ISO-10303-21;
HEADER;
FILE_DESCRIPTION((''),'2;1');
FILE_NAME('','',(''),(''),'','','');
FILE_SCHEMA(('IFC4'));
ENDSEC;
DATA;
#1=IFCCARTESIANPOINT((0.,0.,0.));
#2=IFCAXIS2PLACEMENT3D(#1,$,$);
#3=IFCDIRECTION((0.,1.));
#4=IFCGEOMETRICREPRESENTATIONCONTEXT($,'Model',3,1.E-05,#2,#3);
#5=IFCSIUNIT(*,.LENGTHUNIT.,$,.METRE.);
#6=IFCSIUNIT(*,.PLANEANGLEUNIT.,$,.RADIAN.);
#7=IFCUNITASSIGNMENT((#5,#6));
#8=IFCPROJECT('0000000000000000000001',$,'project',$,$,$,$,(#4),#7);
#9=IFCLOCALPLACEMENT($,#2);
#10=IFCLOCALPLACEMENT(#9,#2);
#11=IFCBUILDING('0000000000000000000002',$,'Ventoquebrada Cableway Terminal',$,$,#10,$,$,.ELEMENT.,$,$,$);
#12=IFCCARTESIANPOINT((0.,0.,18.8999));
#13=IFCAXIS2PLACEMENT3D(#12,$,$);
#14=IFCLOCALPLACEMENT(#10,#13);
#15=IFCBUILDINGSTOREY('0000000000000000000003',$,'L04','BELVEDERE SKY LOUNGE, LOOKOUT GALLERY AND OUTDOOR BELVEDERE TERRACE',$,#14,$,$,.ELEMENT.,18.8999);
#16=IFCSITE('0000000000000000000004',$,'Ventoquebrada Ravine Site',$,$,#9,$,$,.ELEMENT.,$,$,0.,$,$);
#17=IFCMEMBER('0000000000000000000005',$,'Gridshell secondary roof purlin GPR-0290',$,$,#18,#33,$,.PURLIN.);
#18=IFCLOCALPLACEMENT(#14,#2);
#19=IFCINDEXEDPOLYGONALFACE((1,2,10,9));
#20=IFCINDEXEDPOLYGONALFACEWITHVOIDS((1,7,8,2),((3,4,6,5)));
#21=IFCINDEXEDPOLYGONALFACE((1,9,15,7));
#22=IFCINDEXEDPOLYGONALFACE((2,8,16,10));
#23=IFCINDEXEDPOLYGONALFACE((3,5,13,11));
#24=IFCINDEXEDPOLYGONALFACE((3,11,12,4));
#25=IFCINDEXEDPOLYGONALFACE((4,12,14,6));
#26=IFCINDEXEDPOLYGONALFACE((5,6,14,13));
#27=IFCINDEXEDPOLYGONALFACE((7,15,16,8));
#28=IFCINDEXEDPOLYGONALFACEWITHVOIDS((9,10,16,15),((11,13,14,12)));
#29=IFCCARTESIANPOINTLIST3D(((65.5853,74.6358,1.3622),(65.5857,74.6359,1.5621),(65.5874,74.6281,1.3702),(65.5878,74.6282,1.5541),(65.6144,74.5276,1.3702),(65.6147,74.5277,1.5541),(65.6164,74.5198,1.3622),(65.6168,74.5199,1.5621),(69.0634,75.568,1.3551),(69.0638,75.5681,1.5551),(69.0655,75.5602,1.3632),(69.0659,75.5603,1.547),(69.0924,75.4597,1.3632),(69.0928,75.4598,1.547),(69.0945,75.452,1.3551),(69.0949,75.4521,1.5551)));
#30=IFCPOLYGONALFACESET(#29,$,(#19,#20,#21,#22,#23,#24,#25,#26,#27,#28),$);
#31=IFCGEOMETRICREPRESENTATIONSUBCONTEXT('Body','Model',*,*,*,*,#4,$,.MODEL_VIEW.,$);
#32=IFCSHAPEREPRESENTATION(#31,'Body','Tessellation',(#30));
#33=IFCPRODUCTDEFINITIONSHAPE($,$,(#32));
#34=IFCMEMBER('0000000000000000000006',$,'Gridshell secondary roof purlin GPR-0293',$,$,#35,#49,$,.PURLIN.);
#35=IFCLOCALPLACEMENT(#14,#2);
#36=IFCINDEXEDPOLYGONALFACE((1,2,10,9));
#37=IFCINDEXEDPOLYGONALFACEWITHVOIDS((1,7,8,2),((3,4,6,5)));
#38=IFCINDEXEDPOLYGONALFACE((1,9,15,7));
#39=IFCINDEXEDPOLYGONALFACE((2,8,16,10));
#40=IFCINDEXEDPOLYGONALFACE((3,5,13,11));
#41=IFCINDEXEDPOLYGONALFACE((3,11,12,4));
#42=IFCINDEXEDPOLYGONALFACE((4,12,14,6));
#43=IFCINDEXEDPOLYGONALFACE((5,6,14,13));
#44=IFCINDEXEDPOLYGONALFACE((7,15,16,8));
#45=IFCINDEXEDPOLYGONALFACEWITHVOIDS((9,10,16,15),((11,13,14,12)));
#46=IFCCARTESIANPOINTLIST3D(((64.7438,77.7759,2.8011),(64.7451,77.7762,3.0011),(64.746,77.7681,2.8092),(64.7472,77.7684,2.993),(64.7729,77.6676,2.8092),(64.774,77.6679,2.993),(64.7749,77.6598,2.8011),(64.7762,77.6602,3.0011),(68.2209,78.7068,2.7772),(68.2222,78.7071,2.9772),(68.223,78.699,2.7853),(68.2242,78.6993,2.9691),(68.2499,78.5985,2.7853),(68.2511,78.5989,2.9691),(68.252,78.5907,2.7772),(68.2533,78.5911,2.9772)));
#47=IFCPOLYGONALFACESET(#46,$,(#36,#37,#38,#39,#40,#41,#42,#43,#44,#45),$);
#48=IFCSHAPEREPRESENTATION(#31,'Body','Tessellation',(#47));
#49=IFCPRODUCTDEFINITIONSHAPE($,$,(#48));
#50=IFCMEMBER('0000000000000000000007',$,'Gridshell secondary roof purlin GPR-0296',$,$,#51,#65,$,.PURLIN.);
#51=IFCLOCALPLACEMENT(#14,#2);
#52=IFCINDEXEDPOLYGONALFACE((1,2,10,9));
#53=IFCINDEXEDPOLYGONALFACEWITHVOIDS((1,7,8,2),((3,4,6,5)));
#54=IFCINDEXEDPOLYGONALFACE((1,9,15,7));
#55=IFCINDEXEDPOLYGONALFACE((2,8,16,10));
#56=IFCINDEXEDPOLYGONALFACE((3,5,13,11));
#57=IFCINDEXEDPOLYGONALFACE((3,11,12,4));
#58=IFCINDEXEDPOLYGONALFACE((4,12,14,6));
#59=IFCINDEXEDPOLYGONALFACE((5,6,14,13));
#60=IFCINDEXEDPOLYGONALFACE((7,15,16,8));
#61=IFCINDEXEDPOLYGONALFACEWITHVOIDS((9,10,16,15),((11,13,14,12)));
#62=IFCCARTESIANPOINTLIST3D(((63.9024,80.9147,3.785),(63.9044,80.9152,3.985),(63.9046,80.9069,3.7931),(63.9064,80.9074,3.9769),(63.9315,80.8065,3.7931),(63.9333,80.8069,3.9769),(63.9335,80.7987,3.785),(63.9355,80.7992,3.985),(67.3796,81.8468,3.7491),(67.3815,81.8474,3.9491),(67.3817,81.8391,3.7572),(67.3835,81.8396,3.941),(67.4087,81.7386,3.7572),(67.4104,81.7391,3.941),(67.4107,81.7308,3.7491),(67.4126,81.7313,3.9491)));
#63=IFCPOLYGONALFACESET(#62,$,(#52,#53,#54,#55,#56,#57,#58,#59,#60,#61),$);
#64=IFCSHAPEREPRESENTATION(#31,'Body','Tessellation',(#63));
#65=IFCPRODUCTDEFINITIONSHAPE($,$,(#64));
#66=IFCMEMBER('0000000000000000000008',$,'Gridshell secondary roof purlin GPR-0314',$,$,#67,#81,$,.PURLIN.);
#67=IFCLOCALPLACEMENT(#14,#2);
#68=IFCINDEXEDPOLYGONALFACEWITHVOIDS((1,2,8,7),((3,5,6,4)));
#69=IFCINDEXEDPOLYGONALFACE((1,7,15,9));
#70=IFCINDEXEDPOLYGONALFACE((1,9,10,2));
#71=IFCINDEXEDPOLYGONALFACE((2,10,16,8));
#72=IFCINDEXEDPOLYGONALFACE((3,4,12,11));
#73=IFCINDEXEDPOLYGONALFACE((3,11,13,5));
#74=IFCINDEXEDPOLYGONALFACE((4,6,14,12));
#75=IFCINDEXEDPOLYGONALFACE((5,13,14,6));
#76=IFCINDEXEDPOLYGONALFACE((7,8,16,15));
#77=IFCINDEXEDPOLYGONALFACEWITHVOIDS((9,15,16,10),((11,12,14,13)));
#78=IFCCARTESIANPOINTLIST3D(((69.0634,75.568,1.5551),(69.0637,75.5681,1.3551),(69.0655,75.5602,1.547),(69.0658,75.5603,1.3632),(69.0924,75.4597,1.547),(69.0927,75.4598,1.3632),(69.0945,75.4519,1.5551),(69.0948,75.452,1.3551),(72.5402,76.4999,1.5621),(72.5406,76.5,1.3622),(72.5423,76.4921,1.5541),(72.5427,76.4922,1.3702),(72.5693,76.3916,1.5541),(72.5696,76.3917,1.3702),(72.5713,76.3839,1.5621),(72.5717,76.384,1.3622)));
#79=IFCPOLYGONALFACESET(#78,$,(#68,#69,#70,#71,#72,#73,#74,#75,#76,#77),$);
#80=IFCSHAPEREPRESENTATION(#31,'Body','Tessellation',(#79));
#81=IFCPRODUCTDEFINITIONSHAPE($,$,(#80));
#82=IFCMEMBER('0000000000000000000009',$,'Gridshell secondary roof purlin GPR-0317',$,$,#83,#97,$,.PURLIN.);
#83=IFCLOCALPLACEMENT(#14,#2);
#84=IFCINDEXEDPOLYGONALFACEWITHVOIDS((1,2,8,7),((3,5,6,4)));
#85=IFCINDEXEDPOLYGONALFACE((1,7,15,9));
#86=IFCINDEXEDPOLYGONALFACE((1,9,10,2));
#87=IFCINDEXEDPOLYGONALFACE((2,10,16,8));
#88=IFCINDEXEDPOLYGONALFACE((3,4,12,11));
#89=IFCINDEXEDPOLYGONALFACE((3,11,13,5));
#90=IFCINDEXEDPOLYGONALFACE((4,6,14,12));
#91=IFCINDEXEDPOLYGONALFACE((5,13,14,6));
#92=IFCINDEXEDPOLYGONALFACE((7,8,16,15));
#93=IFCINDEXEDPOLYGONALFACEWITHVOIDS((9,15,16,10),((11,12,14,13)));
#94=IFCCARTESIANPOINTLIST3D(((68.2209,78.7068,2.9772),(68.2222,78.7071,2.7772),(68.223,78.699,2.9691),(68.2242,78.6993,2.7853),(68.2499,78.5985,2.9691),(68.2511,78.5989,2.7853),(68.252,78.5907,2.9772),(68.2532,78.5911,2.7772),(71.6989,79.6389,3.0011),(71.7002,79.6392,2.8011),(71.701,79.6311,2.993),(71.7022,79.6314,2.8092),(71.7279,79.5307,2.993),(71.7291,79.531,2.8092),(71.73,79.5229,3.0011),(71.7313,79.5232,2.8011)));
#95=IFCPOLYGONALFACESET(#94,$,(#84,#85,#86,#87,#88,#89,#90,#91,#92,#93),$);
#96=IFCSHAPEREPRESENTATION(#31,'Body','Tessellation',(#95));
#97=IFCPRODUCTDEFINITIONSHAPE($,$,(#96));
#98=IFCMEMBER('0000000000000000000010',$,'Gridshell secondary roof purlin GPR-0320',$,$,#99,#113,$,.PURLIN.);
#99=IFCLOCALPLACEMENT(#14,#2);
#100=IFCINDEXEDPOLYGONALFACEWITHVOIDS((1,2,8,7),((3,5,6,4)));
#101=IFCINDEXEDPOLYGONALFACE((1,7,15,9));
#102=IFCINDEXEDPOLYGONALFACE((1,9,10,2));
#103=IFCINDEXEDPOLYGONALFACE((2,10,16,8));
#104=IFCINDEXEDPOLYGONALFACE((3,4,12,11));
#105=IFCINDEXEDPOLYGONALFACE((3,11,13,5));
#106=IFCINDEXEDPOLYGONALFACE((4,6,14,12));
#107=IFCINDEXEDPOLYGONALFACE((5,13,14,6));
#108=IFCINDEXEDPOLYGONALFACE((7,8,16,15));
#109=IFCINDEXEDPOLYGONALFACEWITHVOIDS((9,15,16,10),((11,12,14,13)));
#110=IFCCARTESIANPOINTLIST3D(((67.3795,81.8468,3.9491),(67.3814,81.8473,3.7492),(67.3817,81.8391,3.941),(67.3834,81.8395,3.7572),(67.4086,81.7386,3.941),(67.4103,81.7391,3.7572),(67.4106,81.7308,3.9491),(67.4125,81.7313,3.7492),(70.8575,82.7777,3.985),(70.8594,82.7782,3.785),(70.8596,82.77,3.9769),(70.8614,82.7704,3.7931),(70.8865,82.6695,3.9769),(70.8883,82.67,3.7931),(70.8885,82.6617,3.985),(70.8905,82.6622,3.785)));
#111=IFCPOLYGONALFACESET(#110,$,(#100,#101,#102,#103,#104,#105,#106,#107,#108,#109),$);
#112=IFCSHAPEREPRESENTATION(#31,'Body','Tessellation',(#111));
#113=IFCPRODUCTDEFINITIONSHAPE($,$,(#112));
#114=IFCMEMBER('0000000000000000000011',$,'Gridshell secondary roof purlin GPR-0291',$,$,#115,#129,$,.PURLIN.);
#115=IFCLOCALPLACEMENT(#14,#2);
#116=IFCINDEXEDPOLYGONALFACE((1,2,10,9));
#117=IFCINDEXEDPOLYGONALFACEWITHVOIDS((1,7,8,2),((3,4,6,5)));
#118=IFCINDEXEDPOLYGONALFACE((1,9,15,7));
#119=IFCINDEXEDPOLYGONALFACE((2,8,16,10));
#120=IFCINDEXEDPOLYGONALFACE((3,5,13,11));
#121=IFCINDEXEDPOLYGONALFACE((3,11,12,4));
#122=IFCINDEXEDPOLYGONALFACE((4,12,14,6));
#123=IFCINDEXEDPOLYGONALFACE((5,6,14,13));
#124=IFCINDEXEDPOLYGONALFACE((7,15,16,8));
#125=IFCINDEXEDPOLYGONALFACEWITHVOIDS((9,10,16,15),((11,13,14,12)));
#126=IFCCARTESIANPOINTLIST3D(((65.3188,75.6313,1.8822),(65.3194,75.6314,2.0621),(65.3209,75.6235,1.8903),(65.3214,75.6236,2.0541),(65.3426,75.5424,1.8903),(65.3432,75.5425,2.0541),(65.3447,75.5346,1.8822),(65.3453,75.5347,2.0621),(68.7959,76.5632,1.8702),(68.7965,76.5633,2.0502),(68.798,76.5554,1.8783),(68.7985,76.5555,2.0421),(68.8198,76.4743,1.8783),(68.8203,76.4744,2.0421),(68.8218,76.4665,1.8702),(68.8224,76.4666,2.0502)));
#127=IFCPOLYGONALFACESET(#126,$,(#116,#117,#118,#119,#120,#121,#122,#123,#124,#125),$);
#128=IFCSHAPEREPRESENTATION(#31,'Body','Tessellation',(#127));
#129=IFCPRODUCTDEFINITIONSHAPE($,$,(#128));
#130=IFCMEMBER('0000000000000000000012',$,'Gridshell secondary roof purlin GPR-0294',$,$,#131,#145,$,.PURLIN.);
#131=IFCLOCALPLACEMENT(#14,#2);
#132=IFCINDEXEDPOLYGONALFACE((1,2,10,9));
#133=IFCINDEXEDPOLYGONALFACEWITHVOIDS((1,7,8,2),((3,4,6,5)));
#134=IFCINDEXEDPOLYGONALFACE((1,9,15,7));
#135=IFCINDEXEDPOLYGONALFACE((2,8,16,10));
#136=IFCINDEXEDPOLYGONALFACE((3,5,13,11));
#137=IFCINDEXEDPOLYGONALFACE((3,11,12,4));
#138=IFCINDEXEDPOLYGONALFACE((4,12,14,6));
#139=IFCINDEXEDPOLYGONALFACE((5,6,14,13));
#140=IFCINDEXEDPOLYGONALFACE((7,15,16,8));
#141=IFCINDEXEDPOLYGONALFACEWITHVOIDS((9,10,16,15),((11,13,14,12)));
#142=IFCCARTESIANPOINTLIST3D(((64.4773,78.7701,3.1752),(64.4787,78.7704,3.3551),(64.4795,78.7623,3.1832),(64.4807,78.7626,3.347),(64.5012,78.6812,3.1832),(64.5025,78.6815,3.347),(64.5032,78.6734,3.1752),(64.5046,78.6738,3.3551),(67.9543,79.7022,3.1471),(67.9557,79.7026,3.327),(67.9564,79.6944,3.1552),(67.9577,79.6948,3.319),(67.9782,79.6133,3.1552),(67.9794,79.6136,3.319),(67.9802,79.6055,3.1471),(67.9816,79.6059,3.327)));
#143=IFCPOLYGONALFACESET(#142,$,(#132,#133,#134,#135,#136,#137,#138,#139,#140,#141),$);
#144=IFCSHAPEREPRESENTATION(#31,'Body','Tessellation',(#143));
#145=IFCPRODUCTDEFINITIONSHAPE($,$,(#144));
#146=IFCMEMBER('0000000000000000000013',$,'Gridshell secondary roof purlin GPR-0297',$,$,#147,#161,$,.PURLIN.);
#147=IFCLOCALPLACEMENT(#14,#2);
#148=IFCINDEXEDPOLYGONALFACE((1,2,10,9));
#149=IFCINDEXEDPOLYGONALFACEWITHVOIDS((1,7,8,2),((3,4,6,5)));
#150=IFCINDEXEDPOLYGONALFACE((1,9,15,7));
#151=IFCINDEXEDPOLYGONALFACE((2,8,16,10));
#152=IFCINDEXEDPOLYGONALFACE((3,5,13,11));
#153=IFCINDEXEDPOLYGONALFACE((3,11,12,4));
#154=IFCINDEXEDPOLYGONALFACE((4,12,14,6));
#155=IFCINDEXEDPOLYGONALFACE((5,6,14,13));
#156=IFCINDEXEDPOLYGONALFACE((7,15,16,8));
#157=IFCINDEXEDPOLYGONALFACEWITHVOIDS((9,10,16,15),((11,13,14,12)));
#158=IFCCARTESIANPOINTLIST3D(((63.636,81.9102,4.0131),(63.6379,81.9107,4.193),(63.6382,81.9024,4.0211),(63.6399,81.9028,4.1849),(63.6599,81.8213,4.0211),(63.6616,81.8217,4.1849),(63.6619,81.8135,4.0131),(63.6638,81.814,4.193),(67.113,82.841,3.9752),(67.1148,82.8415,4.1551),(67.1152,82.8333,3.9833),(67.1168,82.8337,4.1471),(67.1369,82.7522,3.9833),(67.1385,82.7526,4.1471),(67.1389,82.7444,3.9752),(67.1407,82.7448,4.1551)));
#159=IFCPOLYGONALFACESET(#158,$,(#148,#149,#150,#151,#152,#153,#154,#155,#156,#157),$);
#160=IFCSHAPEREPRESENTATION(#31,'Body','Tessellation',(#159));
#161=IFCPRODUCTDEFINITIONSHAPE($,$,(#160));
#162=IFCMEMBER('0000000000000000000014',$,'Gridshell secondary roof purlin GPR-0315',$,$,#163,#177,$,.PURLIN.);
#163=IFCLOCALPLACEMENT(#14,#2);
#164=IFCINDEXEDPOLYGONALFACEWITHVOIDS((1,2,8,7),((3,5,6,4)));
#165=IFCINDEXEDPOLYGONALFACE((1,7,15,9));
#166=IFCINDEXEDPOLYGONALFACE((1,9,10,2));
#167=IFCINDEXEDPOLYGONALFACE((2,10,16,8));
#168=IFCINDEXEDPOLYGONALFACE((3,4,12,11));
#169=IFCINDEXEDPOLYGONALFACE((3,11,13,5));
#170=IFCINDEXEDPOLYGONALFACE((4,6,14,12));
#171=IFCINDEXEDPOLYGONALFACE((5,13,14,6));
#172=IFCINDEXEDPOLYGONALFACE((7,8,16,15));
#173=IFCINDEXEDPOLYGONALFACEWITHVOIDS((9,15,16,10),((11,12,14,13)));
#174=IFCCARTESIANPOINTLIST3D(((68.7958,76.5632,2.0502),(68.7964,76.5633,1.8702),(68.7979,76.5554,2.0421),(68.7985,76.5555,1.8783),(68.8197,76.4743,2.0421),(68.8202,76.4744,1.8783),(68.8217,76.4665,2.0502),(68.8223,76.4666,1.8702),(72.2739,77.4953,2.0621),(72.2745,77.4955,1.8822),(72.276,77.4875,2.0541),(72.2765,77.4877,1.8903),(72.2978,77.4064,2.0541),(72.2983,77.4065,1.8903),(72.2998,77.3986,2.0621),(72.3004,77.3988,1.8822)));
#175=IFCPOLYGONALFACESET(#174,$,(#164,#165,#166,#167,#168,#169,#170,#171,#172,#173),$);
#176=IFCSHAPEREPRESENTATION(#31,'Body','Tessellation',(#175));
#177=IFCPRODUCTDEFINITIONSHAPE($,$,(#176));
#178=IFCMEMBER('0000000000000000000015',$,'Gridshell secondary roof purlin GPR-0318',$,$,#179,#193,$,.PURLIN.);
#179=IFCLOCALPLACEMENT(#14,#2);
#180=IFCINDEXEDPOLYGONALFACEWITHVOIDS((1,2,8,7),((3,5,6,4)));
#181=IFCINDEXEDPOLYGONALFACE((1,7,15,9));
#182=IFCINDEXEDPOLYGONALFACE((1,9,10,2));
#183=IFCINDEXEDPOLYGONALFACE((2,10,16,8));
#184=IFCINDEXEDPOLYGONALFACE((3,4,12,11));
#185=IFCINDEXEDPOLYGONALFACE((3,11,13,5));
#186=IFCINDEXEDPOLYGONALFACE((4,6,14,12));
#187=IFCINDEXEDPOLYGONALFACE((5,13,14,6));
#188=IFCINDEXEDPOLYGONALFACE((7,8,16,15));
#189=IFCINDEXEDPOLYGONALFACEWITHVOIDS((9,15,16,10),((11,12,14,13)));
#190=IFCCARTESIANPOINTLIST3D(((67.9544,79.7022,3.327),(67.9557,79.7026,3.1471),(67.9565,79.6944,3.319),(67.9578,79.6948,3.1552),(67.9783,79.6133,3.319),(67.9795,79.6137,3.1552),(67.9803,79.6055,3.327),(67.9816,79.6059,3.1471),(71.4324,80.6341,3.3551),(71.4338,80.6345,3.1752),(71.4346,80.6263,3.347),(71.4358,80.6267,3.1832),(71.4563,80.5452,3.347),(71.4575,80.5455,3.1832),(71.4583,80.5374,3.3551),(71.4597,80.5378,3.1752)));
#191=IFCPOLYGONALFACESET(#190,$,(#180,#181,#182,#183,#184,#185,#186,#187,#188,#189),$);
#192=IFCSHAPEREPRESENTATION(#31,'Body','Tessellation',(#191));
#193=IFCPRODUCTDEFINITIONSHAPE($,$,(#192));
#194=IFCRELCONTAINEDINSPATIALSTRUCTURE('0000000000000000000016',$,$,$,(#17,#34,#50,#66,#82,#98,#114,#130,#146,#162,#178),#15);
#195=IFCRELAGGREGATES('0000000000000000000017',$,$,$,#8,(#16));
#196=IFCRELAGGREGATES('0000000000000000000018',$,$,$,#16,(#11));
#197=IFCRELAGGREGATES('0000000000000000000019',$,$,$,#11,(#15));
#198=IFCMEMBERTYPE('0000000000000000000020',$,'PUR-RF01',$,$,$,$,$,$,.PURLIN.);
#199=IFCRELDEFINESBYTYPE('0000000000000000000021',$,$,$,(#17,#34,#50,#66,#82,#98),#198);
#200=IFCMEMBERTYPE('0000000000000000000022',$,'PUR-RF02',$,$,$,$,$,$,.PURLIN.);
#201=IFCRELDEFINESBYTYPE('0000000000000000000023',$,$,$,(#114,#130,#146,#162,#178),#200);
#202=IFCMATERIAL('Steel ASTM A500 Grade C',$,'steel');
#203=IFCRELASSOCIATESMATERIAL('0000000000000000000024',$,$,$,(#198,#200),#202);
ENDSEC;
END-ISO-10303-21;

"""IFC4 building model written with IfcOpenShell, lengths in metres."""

from ifc_helpers import new_model, si_unit, direction, frame, origin, origin_2d, place, context, subcontext, project, spatial, hollow_rectangle, extrude, material, material_profile, profile_set, type_object, element, save


model = new_model("IFC4")

# Units and contexts
model_context = context("Model", 3, precision=1e-05, world=origin(), true_north=direction((0.0, 1.0)))
body_context = subcontext(model_context, "Body", "Model", "MODEL_VIEW")
ifc_project = project(units=[si_unit("LENGTHUNIT", "METRE"), si_unit("PLANEANGLEUNIT", "RADIAN")], contexts=[model_context])

# Site, building, storey
site_placement = place(None, origin())
site = spatial("IfcSite", under=ifc_project, at=site_placement, Name="Ventoquebrada Ravine Site", CompositionType="ELEMENT", RefElevation=0.0)
building_placement = place(site_placement, origin())
building = spatial("IfcBuilding", under=site, at=building_placement, Name="Ventoquebrada Cableway Terminal", CompositionType="ELEMENT")
storey_placement = place(building_placement, frame((0.0, 0.0, 18.8999)))
storey = spatial("IfcBuildingStorey", under=building, at=storey_placement, Name="L04", Description="BELVEDERE SKY LOUNGE, LOOKOUT GALLERY AND OUTDOOR BELVEDERE TERRACE", CompositionType="ELEMENT", Elevation=18.8999)

# Shared definitions
ifc_material_1 = material(Name="Steel ASTM A500 Grade C", Category="steel")

# Members
ifc_material_profile_1 = material_profile(ifc_material_1, hollow_rectangle(XDim=0.1201, YDim=0.2, WallThickness=0.0081, at=origin_2d()), Name="RHS200X120X8")
ifc_profile_set_1 = profile_set([ifc_material_profile_1], Name="Steel ASTM A500 Grade C")
member_type_1 = type_object("IfcMemberType", Name="PUR-RF01", PredefinedType="PURLIN", material=ifc_profile_set_1)
member_1_placement = place(storey_placement, frame((65.6011, 74.5779, 1.4622), z_axis=(0.96591, 0.258869, -0.001966), x_axis=(-0.258869, 0.965912, 0.0)))
element("IfcMember", 1, at=member_1_placement, inside=storey, type_object=member_type_1, Name="Gridshell secondary roof purlin GPR-0290", PredefinedType="PURLIN", context=body_context, shape_type="SweptSolid", body=[
    extrude(hollow_rectangle(XDim=0.1201, YDim=0.2, WallThickness=0.0081, at=origin_2d()), origin(), (0.0, 0.0, 1.0), 3.6008),
])
member_2_placement = place(storey_placement, frame((64.76, 77.718, 2.9011), z_axis=(0.965958, 0.258615, -0.006647), x_axis=(-0.258621, 0.965979, 0.0)))
element("IfcMember", 2, at=member_2_placement, inside=storey, type_object=member_type_1, Name="Gridshell secondary roof purlin GPR-0293", PredefinedType="PURLIN", context=body_context, shape_type="SweptSolid", body=[
    extrude(hollow_rectangle(XDim=0.1201, YDim=0.2, WallThickness=0.0081, at=origin_2d()), origin(), (0.0, 0.0, 1.0), 3.5996),
])
member_3_placement = place(storey_placement, frame((63.9189, 80.8569, 3.885), z_axis=(0.965846, 0.258924, -0.009969), x_axis=(-0.258937, 0.965894, 0.0)))
element("IfcMember", 3, at=member_3_placement, inside=storey, type_object=member_type_1, Name="Gridshell secondary roof purlin GPR-0296", PredefinedType="PURLIN", context=body_context, shape_type="SweptSolid", body=[
    extrude(hollow_rectangle(XDim=0.1201, YDim=0.2, WallThickness=0.0081, at=origin_2d()), origin(), (0.0, 0.0, 1.0), 3.6001),
])
member_4_placement = place(storey_placement, frame((69.0791, 75.51, 1.4551), z_axis=(0.965905, 0.25889, 0.001967), x_axis=(-0.258891, 0.965907, 0.0)))
element("IfcMember", 4, at=member_4_placement, inside=storey, type_object=member_type_1, Name="Gridshell secondary roof purlin GPR-0314", PredefinedType="PURLIN", context=body_context, shape_type="SweptSolid", body=[
    extrude(hollow_rectangle(XDim=0.1201, YDim=0.2, WallThickness=0.0081, at=origin_2d()), origin(), (0.0, 0.0, 1.0), 3.5996),
])
member_5_placement = place(storey_placement, frame((68.2371, 78.6489, 2.8772), z_axis=(0.965891, 0.258864, 0.006644), x_axis=(-0.258869, 0.965912, 0.0)))
element("IfcMember", 5, at=member_5_placement, inside=storey, type_object=member_type_1, Name="Gridshell secondary roof purlin GPR-0317", PredefinedType="PURLIN", context=body_context, shape_type="SweptSolid", body=[
    extrude(hollow_rectangle(XDim=0.1201, YDim=0.2, WallThickness=0.0081, at=origin_2d()), origin(), (0.0, 0.0, 1.0), 3.6008),
])
member_6_placement = place(storey_placement, frame((67.396, 81.7891, 3.8491), z_axis=(0.965949, 0.25854, 0.009967), x_axis=(-0.258553, 0.965997, 0.0)))
element("IfcMember", 6, at=member_6_placement, inside=storey, type_object=member_type_1, Name="Gridshell secondary roof purlin GPR-0320", PredefinedType="PURLIN", context=body_context, shape_type="SweptSolid", body=[
    extrude(hollow_rectangle(XDim=0.1201, YDim=0.2, WallThickness=0.0081, at=origin_2d()), origin(), (0.0, 0.0, 1.0), 3.6006),
])
ifc_material_profile_2 = material_profile(ifc_material_1, hollow_rectangle(XDim=0.1001, YDim=0.1799, WallThickness=0.0081, at=origin_2d()), Name="RHS180X100X8")
ifc_profile_set_2 = profile_set([ifc_material_profile_2], Name="Steel ASTM A500 Grade C")
member_type_2 = type_object("IfcMemberType", Name="PUR-RF02", PredefinedType="PURLIN", material=ifc_profile_set_2)
for number, where, z_axis, x_axis, name in (
    (7, (65.332, 75.583, 1.9722), (0.965906, 0.258873, -0.003323), (-0.258874, 0.965911, 0.0), "Gridshell secondary roof purlin GPR-0291"),
    (8, (64.491, 78.7219, 3.2651), (0.965865, 0.258929, -0.007799), (-0.258937, 0.965894, 0.0), "Gridshell secondary roof purlin GPR-0294"),
):
    element("IfcMember", number, at=place(storey_placement, frame(where, z_axis=z_axis, x_axis=x_axis)), inside=storey, type_object=member_type_2, Name=name, PredefinedType="PURLIN", context=body_context, shape_type="SweptSolid", body=[
        extrude(hollow_rectangle(XDim=0.1001, YDim=0.1799, WallThickness=0.0081, at=origin_2d()), origin(), (0.0, 0.0, 1.0), 3.5999),
    ])
member_7_placement = place(storey_placement, frame((63.6499, 81.8621, 4.103), z_axis=(0.965926, 0.258607, -0.010512), x_axis=(-0.258621, 0.965979, 0.0)))
element("IfcMember", 9, at=member_7_placement, inside=storey, type_object=member_type_2, Name="Gridshell secondary roof purlin GPR-0297", PredefinedType="PURLIN", context=body_context, shape_type="SweptSolid", body=[
    extrude(hollow_rectangle(XDim=0.1001, YDim=0.1799, WallThickness=0.0081, at=origin_2d()), origin(), (0.0, 0.0, 1.0), 3.5996),
])
for number, where, z_axis, x_axis, name in (
    (10, (68.8091, 76.5149, 1.9602), (0.965907, 0.258868, 0.003322), (-0.258869, 0.965912, 0.0), "Gridshell secondary roof purlin GPR-0315"),
    (11, (67.968, 79.6541, 3.2371), (0.9659, 0.258798, 0.007797), (-0.258806, 0.965929, 0.0), "Gridshell secondary roof purlin GPR-0318"),
):
    element("IfcMember", number, at=place(storey_placement, frame(where, z_axis=z_axis, x_axis=x_axis)), inside=storey, type_object=member_type_2, Name=name, PredefinedType="PURLIN", context=body_context, shape_type="SweptSolid", body=[
        extrude(hollow_rectangle(XDim=0.1001, YDim=0.1799, WallThickness=0.0081, at=origin_2d()), origin(), (0.0, 0.0, 1.0), 3.6008),
    ])

save(model, "model.ifc")
